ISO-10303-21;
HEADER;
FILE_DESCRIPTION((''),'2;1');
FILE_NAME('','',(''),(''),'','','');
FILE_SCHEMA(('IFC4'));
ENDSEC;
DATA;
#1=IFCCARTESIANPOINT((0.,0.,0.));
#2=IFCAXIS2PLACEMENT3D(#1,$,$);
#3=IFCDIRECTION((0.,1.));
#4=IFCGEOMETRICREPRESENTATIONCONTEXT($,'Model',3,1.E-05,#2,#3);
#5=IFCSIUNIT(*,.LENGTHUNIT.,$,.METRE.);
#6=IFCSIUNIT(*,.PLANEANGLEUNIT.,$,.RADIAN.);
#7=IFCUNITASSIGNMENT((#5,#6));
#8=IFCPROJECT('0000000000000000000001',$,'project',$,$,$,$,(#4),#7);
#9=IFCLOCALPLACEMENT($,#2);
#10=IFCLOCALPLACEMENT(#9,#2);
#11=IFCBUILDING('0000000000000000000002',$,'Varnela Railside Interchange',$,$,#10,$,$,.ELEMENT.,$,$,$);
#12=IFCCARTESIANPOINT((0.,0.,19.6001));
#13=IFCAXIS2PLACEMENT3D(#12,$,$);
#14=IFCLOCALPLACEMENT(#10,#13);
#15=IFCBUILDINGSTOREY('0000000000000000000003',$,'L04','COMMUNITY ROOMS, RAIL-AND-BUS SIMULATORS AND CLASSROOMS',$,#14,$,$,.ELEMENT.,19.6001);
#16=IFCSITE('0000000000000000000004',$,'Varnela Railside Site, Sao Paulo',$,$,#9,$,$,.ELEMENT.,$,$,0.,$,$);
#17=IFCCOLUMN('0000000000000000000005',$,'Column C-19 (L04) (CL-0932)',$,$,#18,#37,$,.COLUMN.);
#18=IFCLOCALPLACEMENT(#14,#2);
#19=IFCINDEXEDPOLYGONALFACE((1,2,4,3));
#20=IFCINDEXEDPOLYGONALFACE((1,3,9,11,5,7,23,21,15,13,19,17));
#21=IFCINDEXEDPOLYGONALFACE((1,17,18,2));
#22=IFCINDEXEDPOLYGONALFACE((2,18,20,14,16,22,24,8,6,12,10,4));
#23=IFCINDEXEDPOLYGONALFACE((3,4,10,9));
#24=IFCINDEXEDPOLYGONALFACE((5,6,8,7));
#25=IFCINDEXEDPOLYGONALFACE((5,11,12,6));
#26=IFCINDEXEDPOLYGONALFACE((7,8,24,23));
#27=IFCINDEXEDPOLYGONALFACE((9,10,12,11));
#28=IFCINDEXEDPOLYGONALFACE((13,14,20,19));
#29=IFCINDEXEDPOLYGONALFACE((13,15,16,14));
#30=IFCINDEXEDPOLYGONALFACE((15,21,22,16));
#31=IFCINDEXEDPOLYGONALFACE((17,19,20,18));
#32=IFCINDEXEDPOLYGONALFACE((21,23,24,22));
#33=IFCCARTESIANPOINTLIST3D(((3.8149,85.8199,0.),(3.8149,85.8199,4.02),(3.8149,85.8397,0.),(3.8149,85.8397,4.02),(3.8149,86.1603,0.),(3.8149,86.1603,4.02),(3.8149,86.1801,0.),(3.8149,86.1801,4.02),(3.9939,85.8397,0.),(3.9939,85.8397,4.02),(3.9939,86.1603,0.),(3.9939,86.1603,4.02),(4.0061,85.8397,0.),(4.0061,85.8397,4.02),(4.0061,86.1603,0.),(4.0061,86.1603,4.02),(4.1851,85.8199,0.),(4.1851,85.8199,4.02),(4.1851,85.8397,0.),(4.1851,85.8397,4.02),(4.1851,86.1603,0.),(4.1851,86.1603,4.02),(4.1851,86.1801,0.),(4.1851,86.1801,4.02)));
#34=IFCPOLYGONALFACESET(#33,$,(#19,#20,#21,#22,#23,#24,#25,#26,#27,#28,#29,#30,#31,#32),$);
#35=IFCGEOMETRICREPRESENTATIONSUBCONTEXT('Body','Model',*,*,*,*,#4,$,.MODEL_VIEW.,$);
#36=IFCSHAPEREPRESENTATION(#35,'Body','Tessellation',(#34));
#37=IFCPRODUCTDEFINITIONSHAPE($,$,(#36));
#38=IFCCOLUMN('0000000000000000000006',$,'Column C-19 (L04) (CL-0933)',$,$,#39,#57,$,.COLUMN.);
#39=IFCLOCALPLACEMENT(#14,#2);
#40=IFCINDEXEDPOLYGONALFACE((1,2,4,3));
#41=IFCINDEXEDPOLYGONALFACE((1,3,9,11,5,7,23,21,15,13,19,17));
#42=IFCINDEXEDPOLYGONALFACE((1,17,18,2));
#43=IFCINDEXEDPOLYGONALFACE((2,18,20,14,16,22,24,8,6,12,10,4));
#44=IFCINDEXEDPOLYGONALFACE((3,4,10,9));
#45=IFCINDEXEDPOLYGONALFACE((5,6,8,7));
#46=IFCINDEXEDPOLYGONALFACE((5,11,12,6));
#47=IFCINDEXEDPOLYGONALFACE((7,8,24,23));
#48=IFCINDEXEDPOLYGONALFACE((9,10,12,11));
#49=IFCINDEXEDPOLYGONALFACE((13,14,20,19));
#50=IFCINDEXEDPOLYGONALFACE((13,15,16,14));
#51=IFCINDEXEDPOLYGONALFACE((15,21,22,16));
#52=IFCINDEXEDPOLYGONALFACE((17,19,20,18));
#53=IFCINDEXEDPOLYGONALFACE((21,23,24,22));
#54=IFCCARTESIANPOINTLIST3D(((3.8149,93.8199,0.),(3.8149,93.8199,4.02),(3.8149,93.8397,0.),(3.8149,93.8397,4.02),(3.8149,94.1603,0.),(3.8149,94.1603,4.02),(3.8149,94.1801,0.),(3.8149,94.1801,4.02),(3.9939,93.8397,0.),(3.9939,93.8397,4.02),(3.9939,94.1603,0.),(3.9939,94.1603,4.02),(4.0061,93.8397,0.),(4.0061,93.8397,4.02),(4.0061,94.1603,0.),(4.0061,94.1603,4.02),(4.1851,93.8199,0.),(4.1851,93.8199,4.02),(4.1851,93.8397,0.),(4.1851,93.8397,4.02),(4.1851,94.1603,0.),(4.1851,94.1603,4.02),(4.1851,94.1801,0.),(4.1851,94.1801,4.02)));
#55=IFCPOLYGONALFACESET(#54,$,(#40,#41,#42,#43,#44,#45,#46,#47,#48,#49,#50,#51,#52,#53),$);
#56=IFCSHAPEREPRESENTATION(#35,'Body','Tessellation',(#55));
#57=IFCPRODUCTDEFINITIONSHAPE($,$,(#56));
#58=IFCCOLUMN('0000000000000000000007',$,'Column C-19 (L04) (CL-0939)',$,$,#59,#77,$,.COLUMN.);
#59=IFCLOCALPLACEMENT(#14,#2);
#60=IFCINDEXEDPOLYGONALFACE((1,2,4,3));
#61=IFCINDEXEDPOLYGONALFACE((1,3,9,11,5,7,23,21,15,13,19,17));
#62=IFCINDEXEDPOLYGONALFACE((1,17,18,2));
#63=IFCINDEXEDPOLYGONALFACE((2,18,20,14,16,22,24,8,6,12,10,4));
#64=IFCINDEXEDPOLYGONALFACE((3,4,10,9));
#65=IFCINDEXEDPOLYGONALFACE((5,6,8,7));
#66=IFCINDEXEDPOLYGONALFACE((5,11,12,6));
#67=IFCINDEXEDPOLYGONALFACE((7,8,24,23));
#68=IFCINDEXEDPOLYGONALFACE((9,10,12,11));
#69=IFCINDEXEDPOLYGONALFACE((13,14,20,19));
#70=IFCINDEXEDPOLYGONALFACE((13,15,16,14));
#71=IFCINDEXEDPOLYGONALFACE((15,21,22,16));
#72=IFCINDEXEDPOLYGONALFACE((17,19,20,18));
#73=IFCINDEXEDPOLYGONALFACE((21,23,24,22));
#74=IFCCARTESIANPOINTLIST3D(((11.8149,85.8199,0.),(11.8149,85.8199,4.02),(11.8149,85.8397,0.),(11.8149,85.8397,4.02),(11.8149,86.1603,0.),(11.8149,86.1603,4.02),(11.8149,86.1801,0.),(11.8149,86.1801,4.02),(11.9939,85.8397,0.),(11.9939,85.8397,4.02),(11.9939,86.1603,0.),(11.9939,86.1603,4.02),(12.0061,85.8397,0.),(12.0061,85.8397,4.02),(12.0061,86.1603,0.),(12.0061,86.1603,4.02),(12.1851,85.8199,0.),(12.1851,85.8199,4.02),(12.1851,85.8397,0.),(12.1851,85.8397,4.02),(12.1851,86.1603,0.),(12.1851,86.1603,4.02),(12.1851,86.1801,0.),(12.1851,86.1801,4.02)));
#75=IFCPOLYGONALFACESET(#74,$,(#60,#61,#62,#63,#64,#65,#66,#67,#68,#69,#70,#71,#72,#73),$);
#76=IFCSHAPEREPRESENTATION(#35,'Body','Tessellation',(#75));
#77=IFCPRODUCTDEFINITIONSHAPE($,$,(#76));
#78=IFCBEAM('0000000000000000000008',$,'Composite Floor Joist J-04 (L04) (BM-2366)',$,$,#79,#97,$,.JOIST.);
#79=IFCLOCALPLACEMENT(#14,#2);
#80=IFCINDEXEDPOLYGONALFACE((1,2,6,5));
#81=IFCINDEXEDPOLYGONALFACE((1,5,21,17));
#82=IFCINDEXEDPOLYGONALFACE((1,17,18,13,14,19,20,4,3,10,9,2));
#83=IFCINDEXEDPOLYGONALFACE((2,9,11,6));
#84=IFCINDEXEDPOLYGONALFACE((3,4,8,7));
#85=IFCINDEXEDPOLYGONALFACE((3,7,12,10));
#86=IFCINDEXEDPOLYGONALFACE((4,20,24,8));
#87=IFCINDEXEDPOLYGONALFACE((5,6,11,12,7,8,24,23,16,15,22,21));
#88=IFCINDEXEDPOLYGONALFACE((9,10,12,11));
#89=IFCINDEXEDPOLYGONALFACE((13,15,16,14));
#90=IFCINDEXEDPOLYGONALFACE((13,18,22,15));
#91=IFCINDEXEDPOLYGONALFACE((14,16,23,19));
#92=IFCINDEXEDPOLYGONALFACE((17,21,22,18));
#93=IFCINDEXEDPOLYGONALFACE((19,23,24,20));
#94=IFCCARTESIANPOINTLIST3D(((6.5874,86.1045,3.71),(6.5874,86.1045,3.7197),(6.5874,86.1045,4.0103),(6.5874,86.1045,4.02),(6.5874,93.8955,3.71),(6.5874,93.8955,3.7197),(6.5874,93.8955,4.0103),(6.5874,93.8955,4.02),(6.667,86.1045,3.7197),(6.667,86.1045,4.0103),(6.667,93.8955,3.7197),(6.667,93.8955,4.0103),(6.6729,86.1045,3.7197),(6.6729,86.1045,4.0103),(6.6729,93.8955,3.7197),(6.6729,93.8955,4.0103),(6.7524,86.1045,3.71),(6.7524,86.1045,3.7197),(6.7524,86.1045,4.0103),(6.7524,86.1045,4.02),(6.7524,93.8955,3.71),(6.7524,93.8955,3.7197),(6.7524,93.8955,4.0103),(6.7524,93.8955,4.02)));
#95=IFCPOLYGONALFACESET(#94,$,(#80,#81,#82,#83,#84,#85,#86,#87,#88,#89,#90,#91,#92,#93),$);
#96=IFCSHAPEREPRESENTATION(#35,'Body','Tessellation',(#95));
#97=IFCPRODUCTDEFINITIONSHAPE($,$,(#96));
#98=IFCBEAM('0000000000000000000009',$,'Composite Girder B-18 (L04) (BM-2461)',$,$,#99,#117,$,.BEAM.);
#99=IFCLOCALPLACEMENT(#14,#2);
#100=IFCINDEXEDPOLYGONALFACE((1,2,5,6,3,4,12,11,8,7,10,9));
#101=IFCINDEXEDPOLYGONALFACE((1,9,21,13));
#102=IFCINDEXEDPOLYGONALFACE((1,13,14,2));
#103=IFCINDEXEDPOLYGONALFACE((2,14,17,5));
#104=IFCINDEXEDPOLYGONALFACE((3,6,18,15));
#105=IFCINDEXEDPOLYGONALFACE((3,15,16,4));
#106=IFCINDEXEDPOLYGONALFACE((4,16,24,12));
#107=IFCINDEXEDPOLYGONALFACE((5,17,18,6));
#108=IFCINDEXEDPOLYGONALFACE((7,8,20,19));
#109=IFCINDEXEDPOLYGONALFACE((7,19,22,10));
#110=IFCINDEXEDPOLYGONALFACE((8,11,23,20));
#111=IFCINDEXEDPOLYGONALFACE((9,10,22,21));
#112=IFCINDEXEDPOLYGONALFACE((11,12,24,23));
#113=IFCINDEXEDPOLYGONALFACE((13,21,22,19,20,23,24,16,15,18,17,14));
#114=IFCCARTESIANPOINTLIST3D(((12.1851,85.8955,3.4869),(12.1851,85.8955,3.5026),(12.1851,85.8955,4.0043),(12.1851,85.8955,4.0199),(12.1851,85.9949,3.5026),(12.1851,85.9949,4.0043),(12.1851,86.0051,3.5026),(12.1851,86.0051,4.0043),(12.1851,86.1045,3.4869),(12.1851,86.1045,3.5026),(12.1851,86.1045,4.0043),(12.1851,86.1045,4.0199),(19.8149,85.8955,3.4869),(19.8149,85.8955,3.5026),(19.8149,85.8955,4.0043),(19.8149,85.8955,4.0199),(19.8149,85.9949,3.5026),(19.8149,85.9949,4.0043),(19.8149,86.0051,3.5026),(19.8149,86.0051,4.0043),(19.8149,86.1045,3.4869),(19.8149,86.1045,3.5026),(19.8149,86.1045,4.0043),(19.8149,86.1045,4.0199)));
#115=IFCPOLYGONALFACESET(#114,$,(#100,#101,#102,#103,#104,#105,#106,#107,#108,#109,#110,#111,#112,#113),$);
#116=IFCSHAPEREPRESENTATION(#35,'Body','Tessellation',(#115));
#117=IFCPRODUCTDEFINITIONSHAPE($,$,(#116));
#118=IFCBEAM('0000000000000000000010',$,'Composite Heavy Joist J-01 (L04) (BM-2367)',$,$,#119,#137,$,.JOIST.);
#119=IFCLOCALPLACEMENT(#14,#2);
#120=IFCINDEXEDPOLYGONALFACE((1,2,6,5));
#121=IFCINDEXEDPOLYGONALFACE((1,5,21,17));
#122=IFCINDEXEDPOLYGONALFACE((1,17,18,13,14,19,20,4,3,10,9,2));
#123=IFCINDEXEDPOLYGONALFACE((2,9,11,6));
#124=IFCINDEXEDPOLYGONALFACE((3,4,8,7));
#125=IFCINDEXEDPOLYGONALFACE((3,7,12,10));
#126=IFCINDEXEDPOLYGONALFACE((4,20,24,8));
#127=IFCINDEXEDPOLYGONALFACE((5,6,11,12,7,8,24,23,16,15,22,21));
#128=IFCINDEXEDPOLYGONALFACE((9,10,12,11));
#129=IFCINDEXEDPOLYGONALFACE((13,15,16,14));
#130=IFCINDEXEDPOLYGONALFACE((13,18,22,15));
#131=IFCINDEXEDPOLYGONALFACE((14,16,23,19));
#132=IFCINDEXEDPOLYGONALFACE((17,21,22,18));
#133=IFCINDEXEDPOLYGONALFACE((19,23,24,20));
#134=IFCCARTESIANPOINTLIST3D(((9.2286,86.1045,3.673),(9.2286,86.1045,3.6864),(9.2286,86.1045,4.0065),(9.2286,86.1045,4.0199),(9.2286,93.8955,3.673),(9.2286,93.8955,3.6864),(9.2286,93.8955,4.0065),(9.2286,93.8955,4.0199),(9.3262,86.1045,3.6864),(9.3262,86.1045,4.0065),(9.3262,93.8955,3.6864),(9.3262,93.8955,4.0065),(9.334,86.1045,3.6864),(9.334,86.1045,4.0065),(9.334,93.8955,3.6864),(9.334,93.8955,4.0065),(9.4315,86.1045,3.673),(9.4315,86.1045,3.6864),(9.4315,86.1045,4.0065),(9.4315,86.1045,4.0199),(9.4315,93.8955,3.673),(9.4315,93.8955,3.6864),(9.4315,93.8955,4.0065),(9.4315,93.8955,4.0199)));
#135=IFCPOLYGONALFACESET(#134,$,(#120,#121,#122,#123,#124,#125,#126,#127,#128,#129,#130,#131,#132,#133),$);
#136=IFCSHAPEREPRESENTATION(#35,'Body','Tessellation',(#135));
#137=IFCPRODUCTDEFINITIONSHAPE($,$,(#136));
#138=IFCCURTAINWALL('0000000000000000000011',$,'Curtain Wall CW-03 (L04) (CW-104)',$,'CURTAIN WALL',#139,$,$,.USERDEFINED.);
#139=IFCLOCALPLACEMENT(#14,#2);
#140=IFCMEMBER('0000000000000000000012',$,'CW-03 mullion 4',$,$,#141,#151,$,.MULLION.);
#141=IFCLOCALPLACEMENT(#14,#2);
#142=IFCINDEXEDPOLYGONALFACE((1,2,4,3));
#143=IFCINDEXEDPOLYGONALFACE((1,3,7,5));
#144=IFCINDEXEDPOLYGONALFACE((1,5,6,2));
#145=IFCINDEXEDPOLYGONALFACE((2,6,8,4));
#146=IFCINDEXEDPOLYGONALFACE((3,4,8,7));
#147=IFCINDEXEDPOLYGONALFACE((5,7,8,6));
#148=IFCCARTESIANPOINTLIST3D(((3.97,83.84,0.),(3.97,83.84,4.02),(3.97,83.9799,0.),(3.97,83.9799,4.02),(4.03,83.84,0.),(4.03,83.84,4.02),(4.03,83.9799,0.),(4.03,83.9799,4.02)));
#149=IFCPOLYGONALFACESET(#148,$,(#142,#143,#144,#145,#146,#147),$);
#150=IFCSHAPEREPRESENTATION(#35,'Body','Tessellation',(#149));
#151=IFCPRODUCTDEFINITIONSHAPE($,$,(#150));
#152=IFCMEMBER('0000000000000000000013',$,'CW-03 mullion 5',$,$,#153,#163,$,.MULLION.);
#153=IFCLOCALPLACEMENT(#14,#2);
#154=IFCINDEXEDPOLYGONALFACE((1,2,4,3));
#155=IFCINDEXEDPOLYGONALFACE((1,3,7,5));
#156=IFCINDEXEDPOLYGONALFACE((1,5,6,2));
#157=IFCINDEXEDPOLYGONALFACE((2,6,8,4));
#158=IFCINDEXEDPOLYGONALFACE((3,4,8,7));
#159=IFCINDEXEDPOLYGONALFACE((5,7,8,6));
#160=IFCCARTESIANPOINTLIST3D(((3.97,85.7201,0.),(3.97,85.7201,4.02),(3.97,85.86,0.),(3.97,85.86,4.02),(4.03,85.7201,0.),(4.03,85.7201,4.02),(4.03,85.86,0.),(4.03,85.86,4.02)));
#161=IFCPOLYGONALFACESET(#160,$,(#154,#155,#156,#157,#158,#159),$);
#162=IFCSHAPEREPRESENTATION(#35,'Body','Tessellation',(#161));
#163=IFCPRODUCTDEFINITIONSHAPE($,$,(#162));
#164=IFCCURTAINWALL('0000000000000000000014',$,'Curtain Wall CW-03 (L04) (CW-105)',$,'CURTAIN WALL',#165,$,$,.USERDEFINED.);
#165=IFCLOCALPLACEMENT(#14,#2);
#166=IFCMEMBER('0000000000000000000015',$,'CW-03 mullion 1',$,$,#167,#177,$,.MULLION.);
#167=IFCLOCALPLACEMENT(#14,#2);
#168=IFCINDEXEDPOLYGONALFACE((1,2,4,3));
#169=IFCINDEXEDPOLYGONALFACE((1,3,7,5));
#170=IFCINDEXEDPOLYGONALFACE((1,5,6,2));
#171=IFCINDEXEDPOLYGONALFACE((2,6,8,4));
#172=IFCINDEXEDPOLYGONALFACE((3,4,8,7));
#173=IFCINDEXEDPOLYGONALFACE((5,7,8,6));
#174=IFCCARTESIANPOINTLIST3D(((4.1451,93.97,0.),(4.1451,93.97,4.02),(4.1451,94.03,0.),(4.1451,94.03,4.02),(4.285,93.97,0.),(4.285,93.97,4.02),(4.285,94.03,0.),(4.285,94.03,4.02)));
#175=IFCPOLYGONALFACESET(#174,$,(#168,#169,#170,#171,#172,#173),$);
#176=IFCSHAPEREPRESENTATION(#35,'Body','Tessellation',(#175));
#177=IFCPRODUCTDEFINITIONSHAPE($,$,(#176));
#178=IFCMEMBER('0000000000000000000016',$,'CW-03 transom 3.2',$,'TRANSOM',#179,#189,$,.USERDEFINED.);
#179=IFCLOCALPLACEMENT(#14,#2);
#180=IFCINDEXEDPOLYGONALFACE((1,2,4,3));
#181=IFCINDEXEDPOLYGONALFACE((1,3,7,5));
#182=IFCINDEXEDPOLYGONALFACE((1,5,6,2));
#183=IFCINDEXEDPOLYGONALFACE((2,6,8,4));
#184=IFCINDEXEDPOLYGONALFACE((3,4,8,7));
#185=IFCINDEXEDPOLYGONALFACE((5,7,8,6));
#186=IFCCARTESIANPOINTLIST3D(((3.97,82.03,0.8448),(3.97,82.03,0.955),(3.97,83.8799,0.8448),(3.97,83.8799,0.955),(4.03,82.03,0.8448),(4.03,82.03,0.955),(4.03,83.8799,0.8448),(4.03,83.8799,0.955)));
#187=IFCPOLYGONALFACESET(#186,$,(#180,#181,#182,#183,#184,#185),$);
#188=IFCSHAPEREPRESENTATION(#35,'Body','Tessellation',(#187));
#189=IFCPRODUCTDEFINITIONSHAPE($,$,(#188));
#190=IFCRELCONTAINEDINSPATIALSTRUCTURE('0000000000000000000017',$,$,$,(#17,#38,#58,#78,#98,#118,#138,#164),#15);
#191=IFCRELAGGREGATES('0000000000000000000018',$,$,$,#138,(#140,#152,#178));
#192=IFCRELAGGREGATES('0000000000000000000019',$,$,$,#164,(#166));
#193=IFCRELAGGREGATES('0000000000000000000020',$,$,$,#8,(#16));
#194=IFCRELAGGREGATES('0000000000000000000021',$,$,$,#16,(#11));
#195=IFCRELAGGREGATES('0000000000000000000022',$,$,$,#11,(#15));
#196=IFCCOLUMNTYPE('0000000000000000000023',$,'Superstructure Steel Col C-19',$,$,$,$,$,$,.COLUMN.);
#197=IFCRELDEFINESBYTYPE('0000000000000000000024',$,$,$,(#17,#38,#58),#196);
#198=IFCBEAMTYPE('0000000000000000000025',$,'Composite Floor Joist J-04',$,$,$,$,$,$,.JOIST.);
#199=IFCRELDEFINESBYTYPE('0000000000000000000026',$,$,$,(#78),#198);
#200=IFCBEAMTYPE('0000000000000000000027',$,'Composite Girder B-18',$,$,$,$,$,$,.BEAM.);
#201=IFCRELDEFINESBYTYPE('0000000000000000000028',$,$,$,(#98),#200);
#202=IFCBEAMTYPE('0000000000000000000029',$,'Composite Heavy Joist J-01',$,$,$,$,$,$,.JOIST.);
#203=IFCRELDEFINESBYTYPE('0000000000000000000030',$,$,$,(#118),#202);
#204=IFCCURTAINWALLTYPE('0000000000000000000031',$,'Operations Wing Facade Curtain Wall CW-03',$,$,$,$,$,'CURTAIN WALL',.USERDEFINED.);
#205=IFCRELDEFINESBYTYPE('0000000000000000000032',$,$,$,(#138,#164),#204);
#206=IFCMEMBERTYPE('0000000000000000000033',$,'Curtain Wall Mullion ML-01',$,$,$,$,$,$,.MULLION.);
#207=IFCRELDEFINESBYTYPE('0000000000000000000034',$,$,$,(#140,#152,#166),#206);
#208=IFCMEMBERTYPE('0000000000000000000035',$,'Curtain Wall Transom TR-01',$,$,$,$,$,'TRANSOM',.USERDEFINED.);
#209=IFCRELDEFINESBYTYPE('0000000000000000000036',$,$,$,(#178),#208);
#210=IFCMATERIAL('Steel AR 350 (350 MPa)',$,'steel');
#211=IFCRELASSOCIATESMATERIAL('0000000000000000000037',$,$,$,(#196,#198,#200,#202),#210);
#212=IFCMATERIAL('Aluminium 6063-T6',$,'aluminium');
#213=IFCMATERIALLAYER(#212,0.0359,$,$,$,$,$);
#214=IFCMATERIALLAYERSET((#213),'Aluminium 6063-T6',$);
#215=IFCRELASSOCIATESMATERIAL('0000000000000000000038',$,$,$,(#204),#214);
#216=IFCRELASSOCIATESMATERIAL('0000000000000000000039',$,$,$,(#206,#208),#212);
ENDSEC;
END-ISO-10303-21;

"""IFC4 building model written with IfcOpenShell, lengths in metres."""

from ifc_helpers import new_model, si_unit, direction, frame, origin, origin_2d, place, context, subcontext, project, spatial, rectangle, i_section, extrude, material, layer, layer_set, material_profile, profile_set, type_object, element, aggregate, save


model = new_model("IFC4")

# Units and contexts
model_context = context("Model", 3, precision=1e-05, world=origin(), true_north=direction((0.0, 1.0)))
body_context = subcontext(model_context, "Body", "Model", "MODEL_VIEW")
ifc_project = project(units=[si_unit("LENGTHUNIT", "METRE"), si_unit("PLANEANGLEUNIT", "RADIAN")], contexts=[model_context])

# Site, building, storey
site_placement = place(None, origin())
site = spatial("IfcSite", under=ifc_project, at=site_placement, Name="Varnela Railside Site, Sao Paulo", CompositionType="ELEMENT", RefElevation=0.0)
building_placement = place(site_placement, origin())
building = spatial("IfcBuilding", under=site, at=building_placement, Name="Varnela Railside Interchange", CompositionType="ELEMENT")
storey_placement = place(building_placement, frame((0.0, 0.0, 19.6001)))
storey = spatial("IfcBuildingStorey", under=building, at=storey_placement, Name="L04", Description="COMMUNITY ROOMS, RAIL-AND-BUS SIMULATORS AND CLASSROOMS", CompositionType="ELEMENT", Elevation=19.6001)

# Columns
ifc_material_1 = material(Name="Steel AR 350 (350 MPa)", Category="steel")
ifc_material_profile_1 = material_profile(ifc_material_1, i_section(OverallWidth=0.3701, OverallDepth=0.3601, WebThickness=0.0122, FlangeThickness=0.0198, at=origin_2d()), Name="W360x147")
ifc_profile_set_1 = profile_set([ifc_material_profile_1], Name="Steel AR 350 (350 MPa)")
column_type = type_object("IfcColumnType", Name="Superstructure Steel Col C-19", PredefinedType="COLUMN", material=ifc_profile_set_1)
for number, where, z_axis, x_axis, name in (
    (1, (4.0, 86.0, 0.0), (0.0, 0.0, 1.0), (1.0, 0.0, 0.0), "Column C-19 (L04) (CL-0932)"),
    (2, (4.0, 94.0, 0.0), (0.0, 0.0, 1.0), (1.0, 0.0, 0.0), "Column C-19 (L04) (CL-0933)"),
    (3, (12.0, 86.0, 0.0), (0.0, 0.0, 1.0), (1.0, 0.0, 0.0), "Column C-19 (L04) (CL-0939)"),
):
    element("IfcColumn", number, at=place(storey_placement, frame(where, z_axis=z_axis, x_axis=x_axis)), inside=storey, type_object=column_type, Name=name, PredefinedType="COLUMN", context=body_context, shape_type="SweptSolid", body=[
        extrude(i_section(OverallWidth=0.3701, OverallDepth=0.3601, WebThickness=0.0122, FlangeThickness=0.0198, at=origin_2d()), origin(), (0.0, 0.0, 1.0), 4.02),
    ])

# Beams
ifc_material_profile_2 = material_profile(ifc_material_1, i_section(OverallWidth=0.165, OverallDepth=0.3101, WebThickness=0.0059, FlangeThickness=0.0098, at=origin_2d()), Name="W310x38.7")
ifc_profile_set_2 = profile_set([ifc_material_profile_2], Name="Steel AR 350 (350 MPa)")
beam_type_1 = type_object("IfcBeamType", Name="Composite Floor Joist J-04", PredefinedType="JOIST", material=ifc_profile_set_2)
beam_1_placement = place(storey_placement, frame((6.6699, 86.1045, 3.865), z_axis=(0.0, 1.0, 0.0), x_axis=(-1.0, 0.0, 0.0)))
element("IfcBeam", 4, at=beam_1_placement, inside=storey, type_object=beam_type_1, Name="Composite Floor Joist J-04 (L04) (BM-2366)", PredefinedType="JOIST", context=body_context, shape_type="SweptSolid", body=[
    extrude(i_section(OverallWidth=0.165, OverallDepth=0.3101, WebThickness=0.0059, FlangeThickness=0.0098, at=origin_2d()), origin(), (0.0, 0.0, 1.0), 7.791),
])
ifc_material_profile_3 = material_profile(ifc_material_1, i_section(OverallWidth=0.209, OverallDepth=0.533, WebThickness=0.0103, FlangeThickness=0.0156, at=origin_2d()), Name="W530x92")
ifc_profile_set_3 = profile_set([ifc_material_profile_3], Name="Steel AR 350 (350 MPa)")
beam_type_2 = type_object("IfcBeamType", Name="Composite Girder B-18", PredefinedType="BEAM", material=ifc_profile_set_3)
beam_2_placement = place(storey_placement, frame((12.1851, 86.0, 3.7534), z_axis=(1.0, 0.0, 0.0), x_axis=(0.0, 1.0, 0.0)))
element("IfcBeam", 5, at=beam_2_placement, inside=storey, type_object=beam_type_2, Name="Composite Girder B-18 (L04) (BM-2461)", PredefinedType="BEAM", context=body_context, shape_type="SweptSolid", body=[
    extrude(i_section(OverallWidth=0.209, OverallDepth=0.533, WebThickness=0.0103, FlangeThickness=0.0156, at=origin_2d()), origin(), (0.0, 0.0, 1.0), 7.6299),
])
ifc_material_profile_4 = material_profile(ifc_material_1, i_section(OverallWidth=0.2029, OverallDepth=0.3469, WebThickness=0.0078, FlangeThickness=0.0134, at=origin_2d()), Name="W360x64")
ifc_profile_set_4 = profile_set([ifc_material_profile_4], Name="Steel AR 350 (350 MPa)")
beam_type_3 = type_object("IfcBeamType", Name="Composite Heavy Joist J-01", PredefinedType="JOIST", material=ifc_profile_set_4)
beam_3_placement = place(storey_placement, frame((9.3301, 86.1045, 3.8464), z_axis=(0.0, 1.0, 0.0), x_axis=(-1.0, 0.0, 0.0)))
element("IfcBeam", 6, at=beam_3_placement, inside=storey, type_object=beam_type_3, Name="Composite Heavy Joist J-01 (L04) (BM-2367)", PredefinedType="JOIST", context=body_context, shape_type="SweptSolid", body=[
    extrude(i_section(OverallWidth=0.2029, OverallDepth=0.3469, WebThickness=0.0078, FlangeThickness=0.0134, at=origin_2d()), origin(), (0.0, 0.0, 1.0), 7.791),
])

# Curtain wall, members
ifc_material_2 = material(Name="Aluminium 6063-T6", Category="aluminium")
ifc_layer_1 = layer(ifc_material_2, 0.0359)
ifc_layer_set_1 = layer_set([ifc_layer_1], Name="Aluminium 6063-T6")
curtain_wall_type = type_object("IfcCurtainWallType", Name="Operations Wing Facade Curtain Wall CW-03", ElementType="CURTAIN WALL", PredefinedType="USERDEFINED", material=ifc_layer_set_1)
curtain_wall_1_placement = place(storey_placement, origin())
curtain_wall_1 = element("IfcCurtainWall", 7, at=curtain_wall_1_placement, inside=storey, type_object=curtain_wall_type, Name="Curtain Wall CW-03 (L04) (CW-104)", ObjectType="CURTAIN WALL", PredefinedType="USERDEFINED")
ifc_material_profile_5 = material_profile(ifc_material_2, rectangle(XDim=0.0601, YDim=0.1399, at=origin_2d()), Name="ALU 60x140")
ifc_profile_set_5 = profile_set([ifc_material_profile_5], Name="Aluminium 6063-T6")
member_type_1 = type_object("IfcMemberType", Name="Curtain Wall Mullion ML-01", PredefinedType="MULLION", material=ifc_profile_set_5)
member_1_placement = place(storey_placement, frame((4.0, 83.9099, 0.0), z_axis=(0.0, 0.0, 1.0), x_axis=(-1.0, 0.0, 0.0)))
member_1 = element("IfcMember", 8, at=member_1_placement, type_object=member_type_1, Name="CW-03 mullion 4", PredefinedType="MULLION", context=body_context, shape_type="SweptSolid", body=[
    extrude(rectangle(XDim=0.0601, YDim=0.1399, at=origin_2d()), origin(), (0.0, 0.0, 1.0), 4.02),
])
member_2_placement = place(storey_placement, frame((4.0, 85.79, 0.0), z_axis=(0.0, 0.0, 1.0), x_axis=(-1.0, 0.0, 0.0)))
member_2 = element("IfcMember", 9, at=member_2_placement, type_object=member_type_1, Name="CW-03 mullion 5", PredefinedType="MULLION", context=body_context, shape_type="SweptSolid", body=[
    extrude(rectangle(XDim=0.0601, YDim=0.1399, at=origin_2d()), origin(), (0.0, 0.0, 1.0), 4.02),
])

# Curtain wall, member
curtain_wall_2_placement = place(storey_placement, origin())
curtain_wall_2 = element("IfcCurtainWall", 10, at=curtain_wall_2_placement, inside=storey, type_object=curtain_wall_type, Name="Curtain Wall CW-03 (L04) (CW-105)", ObjectType="CURTAIN WALL", PredefinedType="USERDEFINED")
member_3_placement = place(storey_placement, frame((4.2151, 94.0, 0.0), z_axis=(0.0, 0.0, 1.0), x_axis=(0.0, 1.0, 0.0)))
member_3 = element("IfcMember", 11, at=member_3_placement, type_object=member_type_1, Name="CW-03 mullion 1", PredefinedType="MULLION", context=body_context, shape_type="SweptSolid", body=[
    extrude(rectangle(XDim=0.0601, YDim=0.1399, at=origin_2d()), origin(), (0.0, 0.0, 1.0), 4.02),
])

# Member
ifc_material_profile_6 = material_profile(ifc_material_2, rectangle(XDim=0.0601, YDim=0.1101, at=origin_2d()), Name="ALU 60x110")
ifc_profile_set_6 = profile_set([ifc_material_profile_6], Name="Aluminium 6063-T6")
member_type_2 = type_object("IfcMemberType", Name="Curtain Wall Transom TR-01", ElementType="TRANSOM", PredefinedType="USERDEFINED", material=ifc_profile_set_6)
member_4_placement = place(storey_placement, frame((4.0, 82.03, 0.8999), z_axis=(0.0, 1.0, 0.0), x_axis=(-1.0, 0.0, 0.0)))
member_4 = element("IfcMember", 12, at=member_4_placement, type_object=member_type_2, Name="CW-03 transom 3.2", ObjectType="TRANSOM", PredefinedType="USERDEFINED", context=body_context, shape_type="SweptSolid", body=[
    extrude(rectangle(XDim=0.0601, YDim=0.1101, at=origin_2d()), origin(), (0.0, 0.0, 1.0), 1.8499),
])

aggregate(curtain_wall_1, [member_1, member_2, member_4])
aggregate(curtain_wall_2, [member_3])

save(model, "model.ifc")
